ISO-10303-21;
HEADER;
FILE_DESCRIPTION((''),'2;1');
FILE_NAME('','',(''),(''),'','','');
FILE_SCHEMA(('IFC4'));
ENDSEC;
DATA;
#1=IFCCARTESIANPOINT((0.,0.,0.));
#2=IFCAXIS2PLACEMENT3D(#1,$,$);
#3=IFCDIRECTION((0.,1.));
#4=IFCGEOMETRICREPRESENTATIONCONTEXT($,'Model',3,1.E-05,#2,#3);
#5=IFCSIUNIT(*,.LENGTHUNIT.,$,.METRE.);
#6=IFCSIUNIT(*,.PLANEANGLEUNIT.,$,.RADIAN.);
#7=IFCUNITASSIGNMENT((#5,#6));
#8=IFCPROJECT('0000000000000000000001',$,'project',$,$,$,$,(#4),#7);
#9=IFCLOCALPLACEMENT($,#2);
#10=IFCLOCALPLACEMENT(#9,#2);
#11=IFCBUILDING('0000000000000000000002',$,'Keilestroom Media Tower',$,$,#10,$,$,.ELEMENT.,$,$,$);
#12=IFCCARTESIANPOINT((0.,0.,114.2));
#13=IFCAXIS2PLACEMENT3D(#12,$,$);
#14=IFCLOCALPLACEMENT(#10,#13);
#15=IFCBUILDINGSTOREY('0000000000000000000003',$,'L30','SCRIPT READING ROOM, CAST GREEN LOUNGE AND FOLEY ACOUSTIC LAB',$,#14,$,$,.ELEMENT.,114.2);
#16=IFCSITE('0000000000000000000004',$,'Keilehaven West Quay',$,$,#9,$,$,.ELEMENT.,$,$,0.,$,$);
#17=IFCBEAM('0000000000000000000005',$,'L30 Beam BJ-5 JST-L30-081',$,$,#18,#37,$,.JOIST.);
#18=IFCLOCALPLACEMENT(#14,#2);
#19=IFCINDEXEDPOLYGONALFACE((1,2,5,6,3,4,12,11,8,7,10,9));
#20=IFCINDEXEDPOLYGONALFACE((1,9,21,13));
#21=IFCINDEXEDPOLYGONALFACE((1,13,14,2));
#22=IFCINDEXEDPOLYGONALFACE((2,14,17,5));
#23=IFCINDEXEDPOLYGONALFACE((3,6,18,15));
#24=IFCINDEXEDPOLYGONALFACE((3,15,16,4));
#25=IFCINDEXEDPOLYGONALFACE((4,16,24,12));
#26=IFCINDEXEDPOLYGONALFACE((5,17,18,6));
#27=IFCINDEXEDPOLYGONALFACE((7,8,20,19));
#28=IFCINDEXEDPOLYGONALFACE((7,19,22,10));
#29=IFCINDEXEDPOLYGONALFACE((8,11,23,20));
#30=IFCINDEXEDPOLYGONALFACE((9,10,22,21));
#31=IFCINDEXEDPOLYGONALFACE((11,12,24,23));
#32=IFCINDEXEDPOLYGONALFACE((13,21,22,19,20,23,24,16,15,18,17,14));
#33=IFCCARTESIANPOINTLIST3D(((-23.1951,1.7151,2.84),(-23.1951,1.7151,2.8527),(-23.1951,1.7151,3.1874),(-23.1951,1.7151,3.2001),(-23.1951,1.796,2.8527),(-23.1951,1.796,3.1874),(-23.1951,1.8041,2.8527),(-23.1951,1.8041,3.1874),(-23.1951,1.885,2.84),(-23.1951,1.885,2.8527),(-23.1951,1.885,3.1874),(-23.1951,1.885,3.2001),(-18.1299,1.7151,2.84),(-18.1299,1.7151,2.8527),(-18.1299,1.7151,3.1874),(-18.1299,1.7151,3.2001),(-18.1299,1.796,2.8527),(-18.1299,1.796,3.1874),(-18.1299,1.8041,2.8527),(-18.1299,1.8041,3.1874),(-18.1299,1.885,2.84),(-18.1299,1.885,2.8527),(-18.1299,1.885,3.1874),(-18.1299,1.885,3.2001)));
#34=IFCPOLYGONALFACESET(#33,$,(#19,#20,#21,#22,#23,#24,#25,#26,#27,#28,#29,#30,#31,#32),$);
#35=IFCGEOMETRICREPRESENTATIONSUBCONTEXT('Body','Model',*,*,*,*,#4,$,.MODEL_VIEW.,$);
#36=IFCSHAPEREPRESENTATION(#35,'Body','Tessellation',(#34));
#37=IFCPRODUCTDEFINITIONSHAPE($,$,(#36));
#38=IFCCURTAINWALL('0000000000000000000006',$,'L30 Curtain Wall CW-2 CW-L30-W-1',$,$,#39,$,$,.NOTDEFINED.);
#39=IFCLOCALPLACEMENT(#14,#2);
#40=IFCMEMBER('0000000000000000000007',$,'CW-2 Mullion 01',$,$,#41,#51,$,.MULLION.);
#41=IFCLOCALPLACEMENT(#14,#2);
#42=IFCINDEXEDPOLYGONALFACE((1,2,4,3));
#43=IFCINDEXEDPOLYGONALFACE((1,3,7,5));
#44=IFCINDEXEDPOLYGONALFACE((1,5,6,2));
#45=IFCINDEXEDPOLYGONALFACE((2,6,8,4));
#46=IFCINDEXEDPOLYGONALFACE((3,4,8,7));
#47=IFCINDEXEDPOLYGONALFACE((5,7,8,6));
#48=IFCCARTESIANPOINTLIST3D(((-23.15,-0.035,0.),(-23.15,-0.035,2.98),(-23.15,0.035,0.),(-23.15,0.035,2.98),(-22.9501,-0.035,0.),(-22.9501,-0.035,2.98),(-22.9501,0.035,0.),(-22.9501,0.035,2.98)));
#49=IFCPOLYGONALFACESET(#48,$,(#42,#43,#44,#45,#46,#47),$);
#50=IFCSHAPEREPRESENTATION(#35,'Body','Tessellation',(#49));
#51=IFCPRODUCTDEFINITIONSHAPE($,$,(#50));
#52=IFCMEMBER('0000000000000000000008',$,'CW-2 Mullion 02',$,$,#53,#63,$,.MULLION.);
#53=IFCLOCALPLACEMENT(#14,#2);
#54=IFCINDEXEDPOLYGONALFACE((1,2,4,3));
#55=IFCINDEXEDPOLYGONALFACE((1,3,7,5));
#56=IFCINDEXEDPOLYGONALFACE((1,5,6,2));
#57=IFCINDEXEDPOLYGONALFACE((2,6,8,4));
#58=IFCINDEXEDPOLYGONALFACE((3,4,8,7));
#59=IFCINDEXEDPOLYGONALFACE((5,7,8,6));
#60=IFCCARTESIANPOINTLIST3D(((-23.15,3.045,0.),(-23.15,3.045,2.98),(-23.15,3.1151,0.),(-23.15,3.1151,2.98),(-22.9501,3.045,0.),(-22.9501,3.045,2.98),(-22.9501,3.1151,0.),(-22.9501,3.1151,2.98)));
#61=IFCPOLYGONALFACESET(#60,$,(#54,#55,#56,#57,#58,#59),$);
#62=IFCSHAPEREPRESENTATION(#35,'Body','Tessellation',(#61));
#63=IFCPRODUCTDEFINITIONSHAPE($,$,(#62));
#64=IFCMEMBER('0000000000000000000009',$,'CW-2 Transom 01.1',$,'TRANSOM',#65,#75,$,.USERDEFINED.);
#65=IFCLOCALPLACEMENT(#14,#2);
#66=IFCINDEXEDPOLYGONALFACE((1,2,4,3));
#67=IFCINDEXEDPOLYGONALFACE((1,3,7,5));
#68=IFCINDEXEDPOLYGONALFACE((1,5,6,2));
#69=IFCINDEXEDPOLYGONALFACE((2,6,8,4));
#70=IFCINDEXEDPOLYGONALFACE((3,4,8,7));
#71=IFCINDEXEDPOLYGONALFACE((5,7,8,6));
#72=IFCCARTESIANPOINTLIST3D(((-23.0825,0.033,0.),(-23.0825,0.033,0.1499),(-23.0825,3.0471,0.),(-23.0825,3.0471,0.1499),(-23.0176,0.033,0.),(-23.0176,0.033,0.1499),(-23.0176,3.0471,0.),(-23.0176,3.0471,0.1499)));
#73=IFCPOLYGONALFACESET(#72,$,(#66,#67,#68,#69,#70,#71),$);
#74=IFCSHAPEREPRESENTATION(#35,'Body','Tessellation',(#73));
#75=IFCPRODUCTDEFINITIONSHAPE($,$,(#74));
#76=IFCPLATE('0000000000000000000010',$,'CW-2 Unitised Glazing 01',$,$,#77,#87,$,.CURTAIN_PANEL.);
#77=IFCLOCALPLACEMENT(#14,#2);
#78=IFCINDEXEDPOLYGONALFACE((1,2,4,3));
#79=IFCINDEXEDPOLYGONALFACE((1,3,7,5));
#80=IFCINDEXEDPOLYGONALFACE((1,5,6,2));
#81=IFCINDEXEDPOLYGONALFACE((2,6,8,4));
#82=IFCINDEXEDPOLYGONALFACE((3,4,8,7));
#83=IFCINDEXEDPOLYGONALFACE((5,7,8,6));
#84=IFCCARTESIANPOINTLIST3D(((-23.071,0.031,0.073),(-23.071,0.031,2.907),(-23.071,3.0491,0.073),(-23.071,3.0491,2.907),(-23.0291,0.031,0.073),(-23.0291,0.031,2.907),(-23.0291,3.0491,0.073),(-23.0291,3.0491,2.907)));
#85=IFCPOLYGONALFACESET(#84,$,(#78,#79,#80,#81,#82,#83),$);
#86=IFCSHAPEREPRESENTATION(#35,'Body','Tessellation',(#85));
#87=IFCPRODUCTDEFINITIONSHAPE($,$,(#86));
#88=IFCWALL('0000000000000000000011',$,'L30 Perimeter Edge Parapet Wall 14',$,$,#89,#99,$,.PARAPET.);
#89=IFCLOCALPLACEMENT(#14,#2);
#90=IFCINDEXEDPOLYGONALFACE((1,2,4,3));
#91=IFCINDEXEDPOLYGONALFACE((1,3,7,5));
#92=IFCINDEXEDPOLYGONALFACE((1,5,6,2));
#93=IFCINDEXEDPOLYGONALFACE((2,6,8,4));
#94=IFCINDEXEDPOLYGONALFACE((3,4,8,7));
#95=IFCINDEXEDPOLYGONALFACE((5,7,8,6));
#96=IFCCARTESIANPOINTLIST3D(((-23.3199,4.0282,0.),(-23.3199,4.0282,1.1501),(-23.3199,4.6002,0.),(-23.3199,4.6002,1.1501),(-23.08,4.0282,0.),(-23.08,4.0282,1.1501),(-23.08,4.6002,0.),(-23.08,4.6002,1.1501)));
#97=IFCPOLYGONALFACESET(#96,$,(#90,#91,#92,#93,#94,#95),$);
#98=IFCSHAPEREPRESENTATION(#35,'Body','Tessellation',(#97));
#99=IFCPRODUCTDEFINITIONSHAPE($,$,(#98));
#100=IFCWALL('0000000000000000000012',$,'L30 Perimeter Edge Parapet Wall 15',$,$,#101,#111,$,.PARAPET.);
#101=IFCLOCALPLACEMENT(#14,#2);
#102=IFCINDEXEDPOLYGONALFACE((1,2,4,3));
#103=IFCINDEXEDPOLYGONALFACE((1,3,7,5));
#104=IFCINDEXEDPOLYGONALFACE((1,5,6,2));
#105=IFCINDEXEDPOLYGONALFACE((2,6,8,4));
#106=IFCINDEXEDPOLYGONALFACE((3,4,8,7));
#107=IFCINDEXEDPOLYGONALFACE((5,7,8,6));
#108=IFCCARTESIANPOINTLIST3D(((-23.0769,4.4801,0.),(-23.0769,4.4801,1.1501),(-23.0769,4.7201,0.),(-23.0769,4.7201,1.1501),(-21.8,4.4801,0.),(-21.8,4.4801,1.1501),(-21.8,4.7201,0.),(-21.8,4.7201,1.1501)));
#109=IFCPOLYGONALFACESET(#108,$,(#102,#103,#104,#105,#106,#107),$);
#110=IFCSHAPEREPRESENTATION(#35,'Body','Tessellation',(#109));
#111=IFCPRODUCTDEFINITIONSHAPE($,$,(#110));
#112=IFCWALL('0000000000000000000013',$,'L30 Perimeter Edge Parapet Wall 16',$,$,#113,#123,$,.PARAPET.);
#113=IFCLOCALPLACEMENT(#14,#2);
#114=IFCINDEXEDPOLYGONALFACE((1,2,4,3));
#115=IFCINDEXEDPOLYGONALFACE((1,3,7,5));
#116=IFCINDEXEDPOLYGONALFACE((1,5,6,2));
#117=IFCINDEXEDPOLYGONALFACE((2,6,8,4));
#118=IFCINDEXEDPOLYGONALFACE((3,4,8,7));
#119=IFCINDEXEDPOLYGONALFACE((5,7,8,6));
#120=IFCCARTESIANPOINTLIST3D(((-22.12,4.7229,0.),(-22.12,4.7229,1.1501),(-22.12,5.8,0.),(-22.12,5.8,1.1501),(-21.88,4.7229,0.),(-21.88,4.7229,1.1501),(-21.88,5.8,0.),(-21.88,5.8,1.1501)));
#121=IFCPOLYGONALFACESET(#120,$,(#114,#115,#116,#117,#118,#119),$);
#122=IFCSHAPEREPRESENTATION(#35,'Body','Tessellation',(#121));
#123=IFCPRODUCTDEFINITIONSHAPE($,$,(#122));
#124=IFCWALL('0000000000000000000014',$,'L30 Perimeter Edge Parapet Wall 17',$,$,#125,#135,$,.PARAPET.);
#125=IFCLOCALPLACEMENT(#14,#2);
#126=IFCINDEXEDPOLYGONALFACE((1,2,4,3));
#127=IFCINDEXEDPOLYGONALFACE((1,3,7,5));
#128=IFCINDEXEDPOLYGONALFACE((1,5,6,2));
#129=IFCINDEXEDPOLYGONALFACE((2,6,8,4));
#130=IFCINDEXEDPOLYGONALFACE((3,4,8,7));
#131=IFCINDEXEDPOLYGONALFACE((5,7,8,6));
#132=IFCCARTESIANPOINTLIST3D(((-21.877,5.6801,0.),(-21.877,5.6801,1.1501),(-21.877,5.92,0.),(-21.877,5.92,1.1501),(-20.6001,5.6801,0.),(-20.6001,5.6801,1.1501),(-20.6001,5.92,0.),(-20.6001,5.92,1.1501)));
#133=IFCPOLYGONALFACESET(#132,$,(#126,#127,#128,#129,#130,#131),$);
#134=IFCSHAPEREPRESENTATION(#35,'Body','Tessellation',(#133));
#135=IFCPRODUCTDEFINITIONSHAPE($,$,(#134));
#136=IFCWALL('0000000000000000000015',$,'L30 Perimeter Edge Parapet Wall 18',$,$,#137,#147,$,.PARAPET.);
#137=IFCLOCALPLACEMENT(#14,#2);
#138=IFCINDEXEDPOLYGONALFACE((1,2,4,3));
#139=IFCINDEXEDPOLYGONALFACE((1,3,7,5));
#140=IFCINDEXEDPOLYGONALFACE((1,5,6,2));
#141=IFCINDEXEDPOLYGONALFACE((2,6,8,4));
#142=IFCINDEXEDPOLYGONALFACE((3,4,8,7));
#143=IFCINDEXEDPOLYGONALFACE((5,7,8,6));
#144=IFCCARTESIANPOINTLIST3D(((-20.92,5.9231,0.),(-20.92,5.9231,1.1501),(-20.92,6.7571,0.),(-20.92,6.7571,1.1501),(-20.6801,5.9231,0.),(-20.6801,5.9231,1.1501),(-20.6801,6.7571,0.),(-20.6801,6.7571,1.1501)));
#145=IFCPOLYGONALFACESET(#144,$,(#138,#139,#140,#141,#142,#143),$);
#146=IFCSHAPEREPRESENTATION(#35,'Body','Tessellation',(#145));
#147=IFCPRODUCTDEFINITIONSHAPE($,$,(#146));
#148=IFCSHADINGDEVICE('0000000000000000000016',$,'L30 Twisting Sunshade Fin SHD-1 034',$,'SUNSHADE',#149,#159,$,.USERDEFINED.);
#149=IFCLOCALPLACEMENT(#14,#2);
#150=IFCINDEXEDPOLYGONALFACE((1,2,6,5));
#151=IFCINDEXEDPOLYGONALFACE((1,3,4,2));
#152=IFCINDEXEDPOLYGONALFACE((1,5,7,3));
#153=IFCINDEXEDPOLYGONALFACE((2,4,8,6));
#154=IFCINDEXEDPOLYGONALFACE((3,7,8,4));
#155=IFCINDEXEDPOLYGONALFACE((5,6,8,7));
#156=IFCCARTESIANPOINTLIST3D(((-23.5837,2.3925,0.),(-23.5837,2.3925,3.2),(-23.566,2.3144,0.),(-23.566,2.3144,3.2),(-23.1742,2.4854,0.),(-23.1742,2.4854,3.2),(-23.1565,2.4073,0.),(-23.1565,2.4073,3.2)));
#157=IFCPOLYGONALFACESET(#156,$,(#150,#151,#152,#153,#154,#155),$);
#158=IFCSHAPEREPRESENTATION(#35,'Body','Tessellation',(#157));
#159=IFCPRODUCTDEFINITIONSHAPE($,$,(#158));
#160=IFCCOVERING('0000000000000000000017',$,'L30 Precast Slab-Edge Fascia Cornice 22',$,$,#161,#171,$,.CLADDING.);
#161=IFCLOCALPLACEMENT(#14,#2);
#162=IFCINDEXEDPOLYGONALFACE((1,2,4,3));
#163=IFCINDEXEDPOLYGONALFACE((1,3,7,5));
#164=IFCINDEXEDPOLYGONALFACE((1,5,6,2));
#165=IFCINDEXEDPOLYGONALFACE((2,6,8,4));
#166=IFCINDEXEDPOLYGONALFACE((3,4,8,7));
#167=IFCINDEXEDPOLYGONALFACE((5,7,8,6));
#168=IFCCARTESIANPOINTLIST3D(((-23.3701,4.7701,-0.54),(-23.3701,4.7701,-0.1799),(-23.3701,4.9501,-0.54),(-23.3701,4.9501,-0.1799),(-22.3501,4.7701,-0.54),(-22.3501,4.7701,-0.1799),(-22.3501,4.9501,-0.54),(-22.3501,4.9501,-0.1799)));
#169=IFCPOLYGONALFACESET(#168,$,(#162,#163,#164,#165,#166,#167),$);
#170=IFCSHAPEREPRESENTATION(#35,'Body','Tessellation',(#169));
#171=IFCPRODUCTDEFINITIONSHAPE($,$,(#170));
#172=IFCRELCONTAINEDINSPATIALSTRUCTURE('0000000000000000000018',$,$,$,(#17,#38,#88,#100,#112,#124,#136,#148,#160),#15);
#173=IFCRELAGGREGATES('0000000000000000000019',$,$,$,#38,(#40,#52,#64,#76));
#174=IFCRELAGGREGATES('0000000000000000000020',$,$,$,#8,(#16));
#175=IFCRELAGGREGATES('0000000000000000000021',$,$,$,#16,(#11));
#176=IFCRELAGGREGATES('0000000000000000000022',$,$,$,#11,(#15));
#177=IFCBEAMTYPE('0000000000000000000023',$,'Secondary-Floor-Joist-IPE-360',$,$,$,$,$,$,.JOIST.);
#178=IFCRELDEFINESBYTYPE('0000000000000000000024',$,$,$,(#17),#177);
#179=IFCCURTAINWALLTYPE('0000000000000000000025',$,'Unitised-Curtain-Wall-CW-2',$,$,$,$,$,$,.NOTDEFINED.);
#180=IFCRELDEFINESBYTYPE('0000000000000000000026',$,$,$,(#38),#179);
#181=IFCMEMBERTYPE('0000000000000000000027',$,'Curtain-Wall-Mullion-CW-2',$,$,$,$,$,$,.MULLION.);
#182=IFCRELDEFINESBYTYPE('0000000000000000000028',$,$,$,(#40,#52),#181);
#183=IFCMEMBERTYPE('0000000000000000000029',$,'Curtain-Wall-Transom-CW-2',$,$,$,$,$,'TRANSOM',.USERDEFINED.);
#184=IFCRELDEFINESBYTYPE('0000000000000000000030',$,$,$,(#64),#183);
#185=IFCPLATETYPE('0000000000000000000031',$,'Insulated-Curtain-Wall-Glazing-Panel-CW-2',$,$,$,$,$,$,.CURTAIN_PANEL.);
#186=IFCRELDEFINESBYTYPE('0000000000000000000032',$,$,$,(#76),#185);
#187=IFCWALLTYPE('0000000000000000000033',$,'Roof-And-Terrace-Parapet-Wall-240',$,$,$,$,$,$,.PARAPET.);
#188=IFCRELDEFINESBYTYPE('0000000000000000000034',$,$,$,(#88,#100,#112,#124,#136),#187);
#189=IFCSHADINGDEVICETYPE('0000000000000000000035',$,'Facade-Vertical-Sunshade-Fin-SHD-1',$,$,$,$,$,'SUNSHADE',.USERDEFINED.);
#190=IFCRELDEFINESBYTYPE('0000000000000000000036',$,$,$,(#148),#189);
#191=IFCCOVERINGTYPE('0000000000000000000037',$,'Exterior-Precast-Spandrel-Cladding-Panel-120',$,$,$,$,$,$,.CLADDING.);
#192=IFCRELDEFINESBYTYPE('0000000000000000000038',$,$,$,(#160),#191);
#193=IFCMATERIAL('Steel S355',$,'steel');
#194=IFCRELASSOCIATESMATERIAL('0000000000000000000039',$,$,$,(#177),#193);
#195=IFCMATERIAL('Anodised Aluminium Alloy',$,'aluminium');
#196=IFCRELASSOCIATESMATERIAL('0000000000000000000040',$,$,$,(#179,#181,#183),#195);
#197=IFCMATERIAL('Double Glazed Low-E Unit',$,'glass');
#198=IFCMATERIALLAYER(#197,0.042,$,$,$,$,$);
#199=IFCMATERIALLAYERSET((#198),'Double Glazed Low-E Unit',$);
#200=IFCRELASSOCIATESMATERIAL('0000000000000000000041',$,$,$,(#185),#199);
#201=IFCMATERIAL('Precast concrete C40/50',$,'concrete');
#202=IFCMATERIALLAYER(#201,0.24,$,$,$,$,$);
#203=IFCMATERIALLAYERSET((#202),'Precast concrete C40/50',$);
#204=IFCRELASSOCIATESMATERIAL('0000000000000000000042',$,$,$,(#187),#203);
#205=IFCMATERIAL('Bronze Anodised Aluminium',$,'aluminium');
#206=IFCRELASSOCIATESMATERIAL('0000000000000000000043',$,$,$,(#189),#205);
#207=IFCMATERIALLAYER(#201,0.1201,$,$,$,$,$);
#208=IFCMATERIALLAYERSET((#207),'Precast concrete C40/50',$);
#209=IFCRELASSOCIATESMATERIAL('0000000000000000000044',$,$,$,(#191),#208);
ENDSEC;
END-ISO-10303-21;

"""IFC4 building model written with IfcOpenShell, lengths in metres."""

from ifc_helpers import new_model, si_unit, direction, frame, frame_2d, origin, origin_2d, place, context, subcontext, project, spatial, rectangle, i_section, extrude, source, transform, mapped, material, layer, layer_set, material_profile, profile_set, type_object, element, aggregate, save


model = new_model("IFC4")

# Units and contexts
model_context = context("Model", 3, precision=1e-05, world=origin(), true_north=direction((0.0, 1.0)))
body_context = subcontext(model_context, "Body", "Model", "MODEL_VIEW")
ifc_project = project(units=[si_unit("LENGTHUNIT", "METRE"), si_unit("PLANEANGLEUNIT", "RADIAN")], contexts=[model_context])

# Site, building, storey
site_placement = place(None, origin())
site = spatial("IfcSite", under=ifc_project, at=site_placement, Name="Keilehaven West Quay", CompositionType="ELEMENT", RefElevation=0.0)
building_placement = place(site_placement, origin())
building = spatial("IfcBuilding", under=site, at=building_placement, Name="Keilestroom Media Tower", CompositionType="ELEMENT")
storey_placement = place(building_placement, frame((0.0, 0.0, 114.2)))
storey = spatial("IfcBuildingStorey", under=building, at=storey_placement, Name="L30", Description="SCRIPT READING ROOM, CAST GREEN LOUNGE AND FOLEY ACOUSTIC LAB", CompositionType="ELEMENT", Elevation=114.2)

# Shared definitions
ifc_material_1 = material(Name="Precast concrete C40/50", Category="concrete")
ifc_material_2 = material(Name="Steel S355", Category="steel")

# Beam
ifc_material_profile_1 = material_profile(ifc_material_2, i_section(OverallWidth=0.1699, OverallDepth=0.3601, WebThickness=0.0081, FlangeThickness=0.0127, at=origin_2d()), Name="IPE 360")
ifc_profile_set_1 = profile_set([ifc_material_profile_1], Name="Steel S355")
beam_type_1 = type_object("IfcBeamType", Name="Secondary-Floor-Joist-IPE-360", PredefinedType="JOIST", material=ifc_profile_set_1)
shared_shape_1 = source(origin(), body_context, "Body", "SweptSolid", [
    extrude(i_section(OverallWidth=0.1699, OverallDepth=0.3601, WebThickness=0.0081, FlangeThickness=0.0127, at=origin_2d()), origin(), (0.0, 0.0, 1.0), 5.0652),
])
for number, where, z_axis, x_axis, name in (
    (1, (-23.1951, 1.8, 3.02), (1.0, 0.0, 0.0), (0.0, 1.0, 0.0), "L30 Beam BJ-5 JST-L30-081"),
):
    element("IfcBeam", number, at=place(storey_placement, frame(where, z_axis=z_axis, x_axis=x_axis)), inside=storey, type_object=beam_type_1, Name=name, PredefinedType="JOIST", context=body_context, shape_type="MappedRepresentation", body=[
        mapped(shared_shape_1, transform((0.0, 0.0, 0.0), x_axis=(1.0, 0.0, 0.0), y_axis=(0.0, 1.0, 0.0), z_axis=(0.0, 0.0, 1.0), scale=1.0)),
    ])

# Curtain wall, members, plate
ifc_material_3 = material(Name="Anodised Aluminium Alloy", Category="aluminium")
curtain_wall_type = type_object("IfcCurtainWallType", Name="Unitised-Curtain-Wall-CW-2", PredefinedType="NOTDEFINED", material=ifc_material_3)
curtain_wall_placement = place(storey_placement, origin())
curtain_wall = element("IfcCurtainWall", 2, at=curtain_wall_placement, inside=storey, type_object=curtain_wall_type, Name="L30 Curtain Wall CW-2 CW-L30-W-1", PredefinedType="NOTDEFINED")
ifc_material_profile_2 = material_profile(ifc_material_3, rectangle(XDim=0.0701, YDim=0.2, at=origin_2d()), Name="ALU MULLION 70x200")
ifc_profile_set_2 = profile_set([ifc_material_profile_2], Name="Anodised Aluminium Alloy")
member_type_1 = type_object("IfcMemberType", Name="Curtain-Wall-Mullion-CW-2", PredefinedType="MULLION", material=ifc_profile_set_2)
shared_shape_2 = source(origin(), body_context, "Body", "SweptSolid", [
    extrude(rectangle(XDim=0.0701, YDim=0.2, at=origin_2d()), origin(), (0.0, 0.0, 1.0), 2.98),
])
member_1_placement = place(storey_placement, frame((-23.05, 0.0, 0.0), z_axis=(0.0, 0.0, 1.0), x_axis=(0.0, 1.0, 0.0)))
member_1 = element("IfcMember", 3, at=member_1_placement, type_object=member_type_1, Name="CW-2 Mullion 01", PredefinedType="MULLION", context=body_context, shape_type="MappedRepresentation", body=[
    mapped(shared_shape_2, transform((0.0, 0.0, 0.0), x_axis=(1.0, 0.0, 0.0), y_axis=(0.0, 1.0, 0.0), z_axis=(0.0, 0.0, 1.0), scale=1.0)),
])
member_2_placement = place(storey_placement, frame((-23.05, 3.0801, 0.0), z_axis=(0.0, 0.0, 1.0), x_axis=(0.0, 1.0, 0.0)))
member_2 = element("IfcMember", 4, at=member_2_placement, type_object=member_type_1, Name="CW-2 Mullion 02", PredefinedType="MULLION", context=body_context, shape_type="MappedRepresentation", body=[
    mapped(shared_shape_2, transform((0.0, 0.0, 0.0), x_axis=(1.0, 0.0, 0.0), y_axis=(0.0, 1.0, 0.0), z_axis=(0.0, 0.0, 1.0), scale=1.0)),
])
ifc_material_profile_3 = material_profile(ifc_material_3, rectangle(XDim=0.0649, YDim=0.1499, at=origin_2d()), Name="ALU TRANSOM 65x150")
ifc_profile_set_3 = profile_set([ifc_material_profile_3], Name="Anodised Aluminium Alloy")
member_type_2 = type_object("IfcMemberType", Name="Curtain-Wall-Transom-CW-2", ElementType="TRANSOM", PredefinedType="USERDEFINED", material=ifc_profile_set_3)
shared_shape_3 = source(origin(), body_context, "Body", "SweptSolid", [
    extrude(rectangle(XDim=0.0649, YDim=0.1499, at=origin_2d()), origin(), (0.0, 0.0, 1.0), 3.0142),
])
member_3_placement = place(storey_placement, frame((-23.05, 0.033, 0.075), z_axis=(0.0, 1.0, 0.0), x_axis=(-1.0, 0.0, 0.0)))
member_3 = element("IfcMember", 5, at=member_3_placement, type_object=member_type_2, Name="CW-2 Transom 01.1", ObjectType="TRANSOM", PredefinedType="USERDEFINED", context=body_context, shape_type="MappedRepresentation", body=[
    mapped(shared_shape_3, transform((0.0, 0.0, 0.0), x_axis=(1.0, 0.0, 0.0), y_axis=(0.0, 1.0, 0.0), z_axis=(0.0, 0.0, 1.0), scale=1.0)),
])
ifc_material_4 = material(Name="Double Glazed Low-E Unit", Category="glass")
ifc_layer_1 = layer(ifc_material_4, 0.042)
ifc_layer_set_1 = layer_set([ifc_layer_1], Name="Double Glazed Low-E Unit")
plate_type = type_object("IfcPlateType", Name="Insulated-Curtain-Wall-Glazing-Panel-CW-2", PredefinedType="CURTAIN_PANEL", material=ifc_layer_set_1)
shared_shape_4 = source(origin(), body_context, "Body", "SweptSolid", [
    extrude(rectangle(XDim=3.0181, YDim=0.042, at=origin_2d()), origin(), (0.0, 0.0, 1.0), 2.834),
])
plate_placement = place(storey_placement, frame((-23.05, 1.54, 0.073), z_axis=(0.0, 0.0, 1.0), x_axis=(0.0, 1.0, 0.0)))
plate = element("IfcPlate", 6, at=plate_placement, type_object=plate_type, Name="CW-2 Unitised Glazing 01", PredefinedType="CURTAIN_PANEL", context=body_context, shape_type="MappedRepresentation", body=[
    mapped(shared_shape_4, transform((0.0, 0.0, 0.0), x_axis=(1.0, 0.0, 0.0), y_axis=(0.0, 1.0, 0.0), z_axis=(0.0, 0.0, 1.0), scale=1.0)),
])
aggregate(curtain_wall, [member_1, member_2, member_3, plate])

# Walls
ifc_layer_2 = layer(ifc_material_1, 0.24)
ifc_layer_set_2 = layer_set([ifc_layer_2], Name="Precast concrete C40/50")
wall_type = type_object("IfcWallType", Name="Roof-And-Terrace-Parapet-Wall-240", PredefinedType="PARAPET", material=ifc_layer_set_2)
wall_1_placement = place(storey_placement, frame((-23.2, 4.0281, 0.0), z_axis=(0.0, 0.0, 1.0), x_axis=(0.0, 1.0, 0.0)))
element("IfcWall", 7, at=wall_1_placement, inside=storey, type_object=wall_type, Name="L30 Perimeter Edge Parapet Wall 14", PredefinedType="PARAPET", context=body_context, shape_type="SweptSolid", body=[
    extrude(rectangle(XDim=0.572, YDim=0.24, at=frame_2d((0.2861, 0.0))), origin(), (0.0, 0.0, 1.0), 1.1501),
])
wall_2_placement = place(storey_placement, frame((-23.0769, 4.6001, 0.0), z_axis=(0.0, 0.0, 1.0), x_axis=(1.0, 0.0, 0.0)))
element("IfcWall", 8, at=wall_2_placement, inside=storey, type_object=wall_type, Name="L30 Perimeter Edge Parapet Wall 15", PredefinedType="PARAPET", context=body_context, shape_type="SweptSolid", body=[
    extrude(rectangle(XDim=1.2769, YDim=0.24, at=frame_2d((0.6384, 0.0))), origin(), (0.0, 0.0, 1.0), 1.1501),
])
wall_3_placement = place(storey_placement, frame((-22.0, 4.7229, 0.0), z_axis=(0.0, 0.0, 1.0), x_axis=(0.0, 1.0, 0.0)))
element("IfcWall", 9, at=wall_3_placement, inside=storey, type_object=wall_type, Name="L30 Perimeter Edge Parapet Wall 16", PredefinedType="PARAPET", context=body_context, shape_type="SweptSolid", body=[
    extrude(rectangle(XDim=1.0771, YDim=0.24, at=frame_2d((0.5386, 0.0))), origin(), (0.0, 0.0, 1.0), 1.1501),
])
wall_4_placement = place(storey_placement, frame((-21.877, 5.8, 0.0), z_axis=(0.0, 0.0, 1.0), x_axis=(1.0, 0.0, 0.0)))
element("IfcWall", 10, at=wall_4_placement, inside=storey, type_object=wall_type, Name="L30 Perimeter Edge Parapet Wall 17", PredefinedType="PARAPET", context=body_context, shape_type="SweptSolid", body=[
    extrude(rectangle(XDim=1.2769, YDim=0.24, at=frame_2d((0.6384, 0.0))), origin(), (0.0, 0.0, 1.0), 1.1501),
])
wall_5_placement = place(storey_placement, frame((-20.8, 5.9231, 0.0), z_axis=(0.0, 0.0, 1.0), x_axis=(0.0, 1.0, 0.0)))
element("IfcWall", 11, at=wall_5_placement, inside=storey, type_object=wall_type, Name="L30 Perimeter Edge Parapet Wall 18", PredefinedType="PARAPET", context=body_context, shape_type="SweptSolid", body=[
    extrude(rectangle(XDim=0.834, YDim=0.24, at=frame_2d((0.417, 0.0))), origin(), (0.0, 0.0, 1.0), 1.1501),
])

# Shading device
ifc_material_5 = material(Name="Bronze Anodised Aluminium", Category="aluminium")
shading_device_type = type_object("IfcShadingDeviceType", Name="Facade-Vertical-Sunshade-Fin-SHD-1", ElementType="SUNSHADE", PredefinedType="USERDEFINED", material=ifc_material_5)
shared_shape_5 = source(origin(), body_context, "Body", "SweptSolid", [
    extrude(rectangle(XDim=0.4199, YDim=0.0801, at=origin_2d()), origin(), (0.0, 0.0, 1.0), 3.2),
])
shading_device_placement = place(storey_placement, frame((-23.3701, 2.3999, 0.0), z_axis=(0.0, 0.0, 1.0), x_axis=(0.975188, 0.221378, 0.0)))
element("IfcShadingDevice", 12, at=shading_device_placement, inside=storey, type_object=shading_device_type, Name="L30 Twisting Sunshade Fin SHD-1 034", ObjectType="SUNSHADE", PredefinedType="USERDEFINED", context=body_context, shape_type="MappedRepresentation", body=[
    mapped(shared_shape_5, transform((0.0, 0.0, 0.0), x_axis=(1.0, 0.0, 0.0), y_axis=(0.0, 1.0, 0.0), z_axis=(0.0, 0.0, 1.0), scale=1.0)),
])

# Covering
ifc_layer_3 = layer(ifc_material_1, 0.1201)
ifc_layer_set_3 = layer_set([ifc_layer_3], Name="Precast concrete C40/50")
covering_type = type_object("IfcCoveringType", Name="Exterior-Precast-Spandrel-Cladding-Panel-120", PredefinedType="CLADDING", material=ifc_layer_set_3)
shared_shape_6 = source(origin(), body_context, "Body", "SweptSolid", [
    extrude(rectangle(XDim=1.02, YDim=0.1799, at=origin_2d()), origin(), (0.0, 0.0, 1.0), 0.3601),
])
for number, where, z_axis, x_axis, name in (
    (13, (-22.8601, 4.8601, -0.54), (0.0, 0.0, 1.0), (1.0, 0.0, 0.0), "L30 Precast Slab-Edge Fascia Cornice 22"),
):
    element("IfcCovering", number, at=place(storey_placement, frame(where, z_axis=z_axis, x_axis=x_axis)), inside=storey, type_object=covering_type, Name=name, PredefinedType="CLADDING", context=body_context, shape_type="MappedRepresentation", body=[
        mapped(shared_shape_6, transform((0.0, 0.0, 0.0), x_axis=(1.0, 0.0, 0.0), y_axis=(0.0, 1.0, 0.0), z_axis=(0.0, 0.0, 1.0), scale=1.0)),
    ])

save(model, "model.ifc")
